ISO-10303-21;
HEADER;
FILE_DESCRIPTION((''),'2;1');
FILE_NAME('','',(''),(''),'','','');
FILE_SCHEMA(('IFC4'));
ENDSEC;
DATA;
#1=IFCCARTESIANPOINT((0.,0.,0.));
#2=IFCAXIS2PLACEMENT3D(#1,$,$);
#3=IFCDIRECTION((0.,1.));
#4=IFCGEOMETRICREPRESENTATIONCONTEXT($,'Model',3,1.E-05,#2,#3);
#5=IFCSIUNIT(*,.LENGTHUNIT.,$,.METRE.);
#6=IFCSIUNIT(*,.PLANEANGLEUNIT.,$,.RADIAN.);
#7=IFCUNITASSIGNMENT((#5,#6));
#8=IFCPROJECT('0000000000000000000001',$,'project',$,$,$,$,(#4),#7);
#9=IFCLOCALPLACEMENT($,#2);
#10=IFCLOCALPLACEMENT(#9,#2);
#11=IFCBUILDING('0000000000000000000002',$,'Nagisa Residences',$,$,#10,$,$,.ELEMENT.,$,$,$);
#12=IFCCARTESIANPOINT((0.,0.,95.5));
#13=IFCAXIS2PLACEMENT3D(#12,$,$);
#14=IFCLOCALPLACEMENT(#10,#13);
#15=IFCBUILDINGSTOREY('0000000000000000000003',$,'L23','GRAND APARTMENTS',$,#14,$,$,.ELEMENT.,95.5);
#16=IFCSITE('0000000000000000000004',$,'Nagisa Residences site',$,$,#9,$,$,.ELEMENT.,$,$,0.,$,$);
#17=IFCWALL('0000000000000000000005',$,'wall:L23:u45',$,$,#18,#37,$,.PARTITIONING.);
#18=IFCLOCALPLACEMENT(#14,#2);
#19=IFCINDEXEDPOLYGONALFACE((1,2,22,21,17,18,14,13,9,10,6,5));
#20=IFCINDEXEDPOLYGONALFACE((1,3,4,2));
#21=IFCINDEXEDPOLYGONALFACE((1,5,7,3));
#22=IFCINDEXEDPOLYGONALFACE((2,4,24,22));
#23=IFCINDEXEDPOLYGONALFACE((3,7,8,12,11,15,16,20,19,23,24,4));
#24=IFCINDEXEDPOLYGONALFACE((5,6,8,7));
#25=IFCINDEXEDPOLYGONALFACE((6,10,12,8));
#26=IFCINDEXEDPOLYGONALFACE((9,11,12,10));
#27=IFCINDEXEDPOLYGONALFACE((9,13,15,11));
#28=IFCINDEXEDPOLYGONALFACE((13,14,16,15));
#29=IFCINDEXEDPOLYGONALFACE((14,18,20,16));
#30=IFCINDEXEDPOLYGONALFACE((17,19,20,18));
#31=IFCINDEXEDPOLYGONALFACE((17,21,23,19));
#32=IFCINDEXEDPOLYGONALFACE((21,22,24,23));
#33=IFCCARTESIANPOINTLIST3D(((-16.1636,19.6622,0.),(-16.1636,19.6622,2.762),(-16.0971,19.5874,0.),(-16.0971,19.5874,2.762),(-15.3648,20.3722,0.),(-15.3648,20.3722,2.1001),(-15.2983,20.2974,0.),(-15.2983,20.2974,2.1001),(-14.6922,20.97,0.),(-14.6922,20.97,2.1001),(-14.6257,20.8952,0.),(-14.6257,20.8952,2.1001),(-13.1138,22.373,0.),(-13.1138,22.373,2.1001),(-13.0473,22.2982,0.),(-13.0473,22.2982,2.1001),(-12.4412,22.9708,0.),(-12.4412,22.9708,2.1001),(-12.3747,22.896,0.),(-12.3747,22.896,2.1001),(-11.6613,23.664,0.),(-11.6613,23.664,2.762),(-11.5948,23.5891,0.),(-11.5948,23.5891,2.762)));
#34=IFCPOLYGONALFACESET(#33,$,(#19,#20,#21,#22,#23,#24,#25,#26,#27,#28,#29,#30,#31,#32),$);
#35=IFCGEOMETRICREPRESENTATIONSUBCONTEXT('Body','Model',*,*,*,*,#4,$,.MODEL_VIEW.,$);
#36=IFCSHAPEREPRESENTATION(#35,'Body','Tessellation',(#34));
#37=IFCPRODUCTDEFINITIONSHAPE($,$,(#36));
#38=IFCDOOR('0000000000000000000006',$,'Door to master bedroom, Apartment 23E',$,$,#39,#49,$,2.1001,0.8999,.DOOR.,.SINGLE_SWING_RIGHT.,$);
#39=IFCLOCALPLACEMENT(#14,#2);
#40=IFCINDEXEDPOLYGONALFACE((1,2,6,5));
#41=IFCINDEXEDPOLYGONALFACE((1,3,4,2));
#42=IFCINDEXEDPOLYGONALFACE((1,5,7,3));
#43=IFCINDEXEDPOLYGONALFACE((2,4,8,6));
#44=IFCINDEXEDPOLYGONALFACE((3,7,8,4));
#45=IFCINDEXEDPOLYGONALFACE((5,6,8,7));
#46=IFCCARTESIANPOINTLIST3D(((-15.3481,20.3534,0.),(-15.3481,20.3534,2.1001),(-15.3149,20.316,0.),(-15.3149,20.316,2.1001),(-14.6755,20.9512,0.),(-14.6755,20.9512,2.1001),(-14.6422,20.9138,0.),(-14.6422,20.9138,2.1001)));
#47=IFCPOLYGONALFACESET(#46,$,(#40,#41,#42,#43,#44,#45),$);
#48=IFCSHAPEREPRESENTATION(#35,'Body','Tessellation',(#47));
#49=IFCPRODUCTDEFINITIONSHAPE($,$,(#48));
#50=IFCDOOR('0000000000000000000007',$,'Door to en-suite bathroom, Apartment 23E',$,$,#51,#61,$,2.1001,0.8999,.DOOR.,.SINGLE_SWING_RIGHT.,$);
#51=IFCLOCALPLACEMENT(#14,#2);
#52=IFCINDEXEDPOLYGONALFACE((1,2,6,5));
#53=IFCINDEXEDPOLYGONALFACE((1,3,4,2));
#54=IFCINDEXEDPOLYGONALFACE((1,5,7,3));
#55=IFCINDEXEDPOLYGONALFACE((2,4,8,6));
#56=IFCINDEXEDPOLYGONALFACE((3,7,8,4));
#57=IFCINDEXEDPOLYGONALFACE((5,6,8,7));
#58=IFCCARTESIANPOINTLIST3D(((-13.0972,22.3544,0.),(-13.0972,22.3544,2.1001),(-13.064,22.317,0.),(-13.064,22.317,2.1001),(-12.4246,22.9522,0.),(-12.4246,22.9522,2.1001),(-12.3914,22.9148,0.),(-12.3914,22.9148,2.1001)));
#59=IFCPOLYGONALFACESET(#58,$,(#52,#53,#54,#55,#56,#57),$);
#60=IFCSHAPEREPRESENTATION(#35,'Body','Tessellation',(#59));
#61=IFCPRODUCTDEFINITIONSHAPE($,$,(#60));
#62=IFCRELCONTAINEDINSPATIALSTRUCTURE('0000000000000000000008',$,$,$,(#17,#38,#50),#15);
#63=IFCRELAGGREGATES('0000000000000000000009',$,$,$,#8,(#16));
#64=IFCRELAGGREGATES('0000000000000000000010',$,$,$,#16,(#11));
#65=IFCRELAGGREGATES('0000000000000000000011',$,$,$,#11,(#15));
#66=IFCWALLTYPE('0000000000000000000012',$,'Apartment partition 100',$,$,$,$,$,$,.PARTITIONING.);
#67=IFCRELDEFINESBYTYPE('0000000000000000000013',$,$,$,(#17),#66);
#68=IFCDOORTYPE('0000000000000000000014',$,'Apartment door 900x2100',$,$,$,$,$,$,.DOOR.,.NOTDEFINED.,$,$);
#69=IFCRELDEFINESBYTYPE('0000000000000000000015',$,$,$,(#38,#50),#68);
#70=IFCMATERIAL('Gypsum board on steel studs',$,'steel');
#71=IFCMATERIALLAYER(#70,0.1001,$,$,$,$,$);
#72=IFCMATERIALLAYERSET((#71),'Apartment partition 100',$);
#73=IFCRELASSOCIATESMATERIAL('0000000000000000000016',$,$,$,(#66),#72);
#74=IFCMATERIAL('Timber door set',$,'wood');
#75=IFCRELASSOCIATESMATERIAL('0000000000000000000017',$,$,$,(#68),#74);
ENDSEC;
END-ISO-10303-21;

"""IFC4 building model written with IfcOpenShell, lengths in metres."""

from ifc_helpers import new_model, si_unit, direction, frame, frame_2d, origin, place, context, subcontext, project, spatial, rectangle, extrude, material, layer, layer_set, type_object, element, fill, save


model = new_model("IFC4")

# Units and contexts
model_context = context("Model", 3, precision=1e-05, world=origin(), true_north=direction((0.0, 1.0)))
body_context = subcontext(model_context, "Body", "Model", "MODEL_VIEW")
ifc_project = project(units=[si_unit("LENGTHUNIT", "METRE"), si_unit("PLANEANGLEUNIT", "RADIAN")], contexts=[model_context])

# Site, building, storey
site_placement = place(None, origin())
site = spatial("IfcSite", under=ifc_project, at=site_placement, Name="Nagisa Residences site", CompositionType="ELEMENT", RefElevation=0.0)
building_placement = place(site_placement, origin())
building = spatial("IfcBuilding", under=site, at=building_placement, Name="Nagisa Residences", CompositionType="ELEMENT")
storey_placement = place(building_placement, frame((0.0, 0.0, 95.5)))
storey = spatial("IfcBuildingStorey", under=building, at=storey_placement, Name="L23", Description="GRAND APARTMENTS", CompositionType="ELEMENT", Elevation=95.5)

# Shared definitions
ifc_material_1 = material(Name="Gypsum board on steel studs", Category="steel")
ifc_layer_1 = layer(ifc_material_1, 0.1001)
ifc_layer_set_1 = layer_set([ifc_layer_1], Name="Apartment partition 100")
wall_type_1 = type_object("IfcWallType", Name="Apartment partition 100", PredefinedType="PARTITIONING", material=ifc_layer_set_1)

# Shared definitions
ifc_material_2 = material(Name="Timber door set", Category="wood")
door_type_1 = type_object("IfcDoorType", Name="Apartment door 900x2100", OperationType="NOTDEFINED", PredefinedType="DOOR", material=ifc_material_2)

# Wall, openings, doors
wall_1_placement = place(storey_placement, frame((-11.6282, 23.6265, 0.0), z_axis=(0.0, 0.0, 1.0), x_axis=(-0.747429, -0.664341, 0.0)))
wall_1 = element("IfcWall", 1, at=wall_1_placement, inside=storey, type_object=wall_type_1, Name="wall:L23:u45", PredefinedType="PARTITIONING", context=body_context, shape_type="SweptSolid", body=[
    extrude(rectangle(XDim=6.0237, YDim=0.1001, at=frame_2d((3.0117, 0.0))), origin(), (0.0, 0.0, 1.0), 2.762),
])
opening_1_placement = place(wall_1_placement, frame((4.0549, 0.0, 0.0)))
opening_1 = element("IfcOpeningElement", 2, at=opening_1_placement, cuts=wall_1, PredefinedType="OPENING", context=body_context, shape_type="SweptSolid", body=[
    extrude(rectangle(XDim=0.8999, YDim=2.1001, at=frame_2d((0.45, 1.05))), frame((0.0, 0.0601, 0.0), z_axis=(0.0, -1.0, 0.0), x_axis=(1.0, 0.0, 0.0)), (0.0, 0.0, 1.0), 0.1201),
])
opening_2_placement = place(wall_1_placement, frame((1.0432, 0.0, 0.0)))
opening_2 = element("IfcOpeningElement", 3, at=opening_2_placement, cuts=wall_1, PredefinedType="OPENING", context=body_context, shape_type="SweptSolid", body=[
    extrude(rectangle(XDim=0.8999, YDim=2.1001, at=frame_2d((0.45, 1.05))), frame((0.0, 0.0601, 0.0), z_axis=(0.0, -1.0, 0.0), x_axis=(1.0, 0.0, 0.0)), (0.0, 0.0, 1.0), 0.1201),
])
door_1_placement = place(opening_1_placement, frame((0.8999, 0.0, 0.0), x_axis=(-1.0, 0.0, 0.0)))
door_1 = element("IfcDoor", 4, at=door_1_placement, inside=storey, type_object=door_type_1, Name="Door to master bedroom, Apartment 23E", OperationType="SINGLE_SWING_RIGHT", OverallHeight=2.1001, OverallWidth=0.8999, PredefinedType="DOOR", context=body_context, shape_type="SweptSolid", body=[
    extrude(rectangle(XDim=0.8999, YDim=2.1001, at=frame_2d((0.45, 1.05))), frame((0.0, 0.0249, 0.0), z_axis=(0.0, -1.0, 0.0), x_axis=(1.0, 0.0, 0.0)), (0.0, 0.0, 1.0), 0.05),
])
fill(opening_1, door_1)
door_2_placement = place(opening_2_placement, origin())
door_2 = element("IfcDoor", 5, at=door_2_placement, inside=storey, type_object=door_type_1, Name="Door to en-suite bathroom, Apartment 23E", OperationType="SINGLE_SWING_RIGHT", OverallHeight=2.1001, OverallWidth=0.8999, PredefinedType="DOOR", context=body_context, shape_type="SweptSolid", body=[
    extrude(rectangle(XDim=0.8999, YDim=2.1001, at=frame_2d((0.45, 1.05))), frame((0.0, 0.0249, 0.0), z_axis=(0.0, -1.0, 0.0), x_axis=(1.0, 0.0, 0.0)), (0.0, 0.0, 1.0), 0.05),
])
fill(opening_2, door_2)

save(model, "model.ifc")
